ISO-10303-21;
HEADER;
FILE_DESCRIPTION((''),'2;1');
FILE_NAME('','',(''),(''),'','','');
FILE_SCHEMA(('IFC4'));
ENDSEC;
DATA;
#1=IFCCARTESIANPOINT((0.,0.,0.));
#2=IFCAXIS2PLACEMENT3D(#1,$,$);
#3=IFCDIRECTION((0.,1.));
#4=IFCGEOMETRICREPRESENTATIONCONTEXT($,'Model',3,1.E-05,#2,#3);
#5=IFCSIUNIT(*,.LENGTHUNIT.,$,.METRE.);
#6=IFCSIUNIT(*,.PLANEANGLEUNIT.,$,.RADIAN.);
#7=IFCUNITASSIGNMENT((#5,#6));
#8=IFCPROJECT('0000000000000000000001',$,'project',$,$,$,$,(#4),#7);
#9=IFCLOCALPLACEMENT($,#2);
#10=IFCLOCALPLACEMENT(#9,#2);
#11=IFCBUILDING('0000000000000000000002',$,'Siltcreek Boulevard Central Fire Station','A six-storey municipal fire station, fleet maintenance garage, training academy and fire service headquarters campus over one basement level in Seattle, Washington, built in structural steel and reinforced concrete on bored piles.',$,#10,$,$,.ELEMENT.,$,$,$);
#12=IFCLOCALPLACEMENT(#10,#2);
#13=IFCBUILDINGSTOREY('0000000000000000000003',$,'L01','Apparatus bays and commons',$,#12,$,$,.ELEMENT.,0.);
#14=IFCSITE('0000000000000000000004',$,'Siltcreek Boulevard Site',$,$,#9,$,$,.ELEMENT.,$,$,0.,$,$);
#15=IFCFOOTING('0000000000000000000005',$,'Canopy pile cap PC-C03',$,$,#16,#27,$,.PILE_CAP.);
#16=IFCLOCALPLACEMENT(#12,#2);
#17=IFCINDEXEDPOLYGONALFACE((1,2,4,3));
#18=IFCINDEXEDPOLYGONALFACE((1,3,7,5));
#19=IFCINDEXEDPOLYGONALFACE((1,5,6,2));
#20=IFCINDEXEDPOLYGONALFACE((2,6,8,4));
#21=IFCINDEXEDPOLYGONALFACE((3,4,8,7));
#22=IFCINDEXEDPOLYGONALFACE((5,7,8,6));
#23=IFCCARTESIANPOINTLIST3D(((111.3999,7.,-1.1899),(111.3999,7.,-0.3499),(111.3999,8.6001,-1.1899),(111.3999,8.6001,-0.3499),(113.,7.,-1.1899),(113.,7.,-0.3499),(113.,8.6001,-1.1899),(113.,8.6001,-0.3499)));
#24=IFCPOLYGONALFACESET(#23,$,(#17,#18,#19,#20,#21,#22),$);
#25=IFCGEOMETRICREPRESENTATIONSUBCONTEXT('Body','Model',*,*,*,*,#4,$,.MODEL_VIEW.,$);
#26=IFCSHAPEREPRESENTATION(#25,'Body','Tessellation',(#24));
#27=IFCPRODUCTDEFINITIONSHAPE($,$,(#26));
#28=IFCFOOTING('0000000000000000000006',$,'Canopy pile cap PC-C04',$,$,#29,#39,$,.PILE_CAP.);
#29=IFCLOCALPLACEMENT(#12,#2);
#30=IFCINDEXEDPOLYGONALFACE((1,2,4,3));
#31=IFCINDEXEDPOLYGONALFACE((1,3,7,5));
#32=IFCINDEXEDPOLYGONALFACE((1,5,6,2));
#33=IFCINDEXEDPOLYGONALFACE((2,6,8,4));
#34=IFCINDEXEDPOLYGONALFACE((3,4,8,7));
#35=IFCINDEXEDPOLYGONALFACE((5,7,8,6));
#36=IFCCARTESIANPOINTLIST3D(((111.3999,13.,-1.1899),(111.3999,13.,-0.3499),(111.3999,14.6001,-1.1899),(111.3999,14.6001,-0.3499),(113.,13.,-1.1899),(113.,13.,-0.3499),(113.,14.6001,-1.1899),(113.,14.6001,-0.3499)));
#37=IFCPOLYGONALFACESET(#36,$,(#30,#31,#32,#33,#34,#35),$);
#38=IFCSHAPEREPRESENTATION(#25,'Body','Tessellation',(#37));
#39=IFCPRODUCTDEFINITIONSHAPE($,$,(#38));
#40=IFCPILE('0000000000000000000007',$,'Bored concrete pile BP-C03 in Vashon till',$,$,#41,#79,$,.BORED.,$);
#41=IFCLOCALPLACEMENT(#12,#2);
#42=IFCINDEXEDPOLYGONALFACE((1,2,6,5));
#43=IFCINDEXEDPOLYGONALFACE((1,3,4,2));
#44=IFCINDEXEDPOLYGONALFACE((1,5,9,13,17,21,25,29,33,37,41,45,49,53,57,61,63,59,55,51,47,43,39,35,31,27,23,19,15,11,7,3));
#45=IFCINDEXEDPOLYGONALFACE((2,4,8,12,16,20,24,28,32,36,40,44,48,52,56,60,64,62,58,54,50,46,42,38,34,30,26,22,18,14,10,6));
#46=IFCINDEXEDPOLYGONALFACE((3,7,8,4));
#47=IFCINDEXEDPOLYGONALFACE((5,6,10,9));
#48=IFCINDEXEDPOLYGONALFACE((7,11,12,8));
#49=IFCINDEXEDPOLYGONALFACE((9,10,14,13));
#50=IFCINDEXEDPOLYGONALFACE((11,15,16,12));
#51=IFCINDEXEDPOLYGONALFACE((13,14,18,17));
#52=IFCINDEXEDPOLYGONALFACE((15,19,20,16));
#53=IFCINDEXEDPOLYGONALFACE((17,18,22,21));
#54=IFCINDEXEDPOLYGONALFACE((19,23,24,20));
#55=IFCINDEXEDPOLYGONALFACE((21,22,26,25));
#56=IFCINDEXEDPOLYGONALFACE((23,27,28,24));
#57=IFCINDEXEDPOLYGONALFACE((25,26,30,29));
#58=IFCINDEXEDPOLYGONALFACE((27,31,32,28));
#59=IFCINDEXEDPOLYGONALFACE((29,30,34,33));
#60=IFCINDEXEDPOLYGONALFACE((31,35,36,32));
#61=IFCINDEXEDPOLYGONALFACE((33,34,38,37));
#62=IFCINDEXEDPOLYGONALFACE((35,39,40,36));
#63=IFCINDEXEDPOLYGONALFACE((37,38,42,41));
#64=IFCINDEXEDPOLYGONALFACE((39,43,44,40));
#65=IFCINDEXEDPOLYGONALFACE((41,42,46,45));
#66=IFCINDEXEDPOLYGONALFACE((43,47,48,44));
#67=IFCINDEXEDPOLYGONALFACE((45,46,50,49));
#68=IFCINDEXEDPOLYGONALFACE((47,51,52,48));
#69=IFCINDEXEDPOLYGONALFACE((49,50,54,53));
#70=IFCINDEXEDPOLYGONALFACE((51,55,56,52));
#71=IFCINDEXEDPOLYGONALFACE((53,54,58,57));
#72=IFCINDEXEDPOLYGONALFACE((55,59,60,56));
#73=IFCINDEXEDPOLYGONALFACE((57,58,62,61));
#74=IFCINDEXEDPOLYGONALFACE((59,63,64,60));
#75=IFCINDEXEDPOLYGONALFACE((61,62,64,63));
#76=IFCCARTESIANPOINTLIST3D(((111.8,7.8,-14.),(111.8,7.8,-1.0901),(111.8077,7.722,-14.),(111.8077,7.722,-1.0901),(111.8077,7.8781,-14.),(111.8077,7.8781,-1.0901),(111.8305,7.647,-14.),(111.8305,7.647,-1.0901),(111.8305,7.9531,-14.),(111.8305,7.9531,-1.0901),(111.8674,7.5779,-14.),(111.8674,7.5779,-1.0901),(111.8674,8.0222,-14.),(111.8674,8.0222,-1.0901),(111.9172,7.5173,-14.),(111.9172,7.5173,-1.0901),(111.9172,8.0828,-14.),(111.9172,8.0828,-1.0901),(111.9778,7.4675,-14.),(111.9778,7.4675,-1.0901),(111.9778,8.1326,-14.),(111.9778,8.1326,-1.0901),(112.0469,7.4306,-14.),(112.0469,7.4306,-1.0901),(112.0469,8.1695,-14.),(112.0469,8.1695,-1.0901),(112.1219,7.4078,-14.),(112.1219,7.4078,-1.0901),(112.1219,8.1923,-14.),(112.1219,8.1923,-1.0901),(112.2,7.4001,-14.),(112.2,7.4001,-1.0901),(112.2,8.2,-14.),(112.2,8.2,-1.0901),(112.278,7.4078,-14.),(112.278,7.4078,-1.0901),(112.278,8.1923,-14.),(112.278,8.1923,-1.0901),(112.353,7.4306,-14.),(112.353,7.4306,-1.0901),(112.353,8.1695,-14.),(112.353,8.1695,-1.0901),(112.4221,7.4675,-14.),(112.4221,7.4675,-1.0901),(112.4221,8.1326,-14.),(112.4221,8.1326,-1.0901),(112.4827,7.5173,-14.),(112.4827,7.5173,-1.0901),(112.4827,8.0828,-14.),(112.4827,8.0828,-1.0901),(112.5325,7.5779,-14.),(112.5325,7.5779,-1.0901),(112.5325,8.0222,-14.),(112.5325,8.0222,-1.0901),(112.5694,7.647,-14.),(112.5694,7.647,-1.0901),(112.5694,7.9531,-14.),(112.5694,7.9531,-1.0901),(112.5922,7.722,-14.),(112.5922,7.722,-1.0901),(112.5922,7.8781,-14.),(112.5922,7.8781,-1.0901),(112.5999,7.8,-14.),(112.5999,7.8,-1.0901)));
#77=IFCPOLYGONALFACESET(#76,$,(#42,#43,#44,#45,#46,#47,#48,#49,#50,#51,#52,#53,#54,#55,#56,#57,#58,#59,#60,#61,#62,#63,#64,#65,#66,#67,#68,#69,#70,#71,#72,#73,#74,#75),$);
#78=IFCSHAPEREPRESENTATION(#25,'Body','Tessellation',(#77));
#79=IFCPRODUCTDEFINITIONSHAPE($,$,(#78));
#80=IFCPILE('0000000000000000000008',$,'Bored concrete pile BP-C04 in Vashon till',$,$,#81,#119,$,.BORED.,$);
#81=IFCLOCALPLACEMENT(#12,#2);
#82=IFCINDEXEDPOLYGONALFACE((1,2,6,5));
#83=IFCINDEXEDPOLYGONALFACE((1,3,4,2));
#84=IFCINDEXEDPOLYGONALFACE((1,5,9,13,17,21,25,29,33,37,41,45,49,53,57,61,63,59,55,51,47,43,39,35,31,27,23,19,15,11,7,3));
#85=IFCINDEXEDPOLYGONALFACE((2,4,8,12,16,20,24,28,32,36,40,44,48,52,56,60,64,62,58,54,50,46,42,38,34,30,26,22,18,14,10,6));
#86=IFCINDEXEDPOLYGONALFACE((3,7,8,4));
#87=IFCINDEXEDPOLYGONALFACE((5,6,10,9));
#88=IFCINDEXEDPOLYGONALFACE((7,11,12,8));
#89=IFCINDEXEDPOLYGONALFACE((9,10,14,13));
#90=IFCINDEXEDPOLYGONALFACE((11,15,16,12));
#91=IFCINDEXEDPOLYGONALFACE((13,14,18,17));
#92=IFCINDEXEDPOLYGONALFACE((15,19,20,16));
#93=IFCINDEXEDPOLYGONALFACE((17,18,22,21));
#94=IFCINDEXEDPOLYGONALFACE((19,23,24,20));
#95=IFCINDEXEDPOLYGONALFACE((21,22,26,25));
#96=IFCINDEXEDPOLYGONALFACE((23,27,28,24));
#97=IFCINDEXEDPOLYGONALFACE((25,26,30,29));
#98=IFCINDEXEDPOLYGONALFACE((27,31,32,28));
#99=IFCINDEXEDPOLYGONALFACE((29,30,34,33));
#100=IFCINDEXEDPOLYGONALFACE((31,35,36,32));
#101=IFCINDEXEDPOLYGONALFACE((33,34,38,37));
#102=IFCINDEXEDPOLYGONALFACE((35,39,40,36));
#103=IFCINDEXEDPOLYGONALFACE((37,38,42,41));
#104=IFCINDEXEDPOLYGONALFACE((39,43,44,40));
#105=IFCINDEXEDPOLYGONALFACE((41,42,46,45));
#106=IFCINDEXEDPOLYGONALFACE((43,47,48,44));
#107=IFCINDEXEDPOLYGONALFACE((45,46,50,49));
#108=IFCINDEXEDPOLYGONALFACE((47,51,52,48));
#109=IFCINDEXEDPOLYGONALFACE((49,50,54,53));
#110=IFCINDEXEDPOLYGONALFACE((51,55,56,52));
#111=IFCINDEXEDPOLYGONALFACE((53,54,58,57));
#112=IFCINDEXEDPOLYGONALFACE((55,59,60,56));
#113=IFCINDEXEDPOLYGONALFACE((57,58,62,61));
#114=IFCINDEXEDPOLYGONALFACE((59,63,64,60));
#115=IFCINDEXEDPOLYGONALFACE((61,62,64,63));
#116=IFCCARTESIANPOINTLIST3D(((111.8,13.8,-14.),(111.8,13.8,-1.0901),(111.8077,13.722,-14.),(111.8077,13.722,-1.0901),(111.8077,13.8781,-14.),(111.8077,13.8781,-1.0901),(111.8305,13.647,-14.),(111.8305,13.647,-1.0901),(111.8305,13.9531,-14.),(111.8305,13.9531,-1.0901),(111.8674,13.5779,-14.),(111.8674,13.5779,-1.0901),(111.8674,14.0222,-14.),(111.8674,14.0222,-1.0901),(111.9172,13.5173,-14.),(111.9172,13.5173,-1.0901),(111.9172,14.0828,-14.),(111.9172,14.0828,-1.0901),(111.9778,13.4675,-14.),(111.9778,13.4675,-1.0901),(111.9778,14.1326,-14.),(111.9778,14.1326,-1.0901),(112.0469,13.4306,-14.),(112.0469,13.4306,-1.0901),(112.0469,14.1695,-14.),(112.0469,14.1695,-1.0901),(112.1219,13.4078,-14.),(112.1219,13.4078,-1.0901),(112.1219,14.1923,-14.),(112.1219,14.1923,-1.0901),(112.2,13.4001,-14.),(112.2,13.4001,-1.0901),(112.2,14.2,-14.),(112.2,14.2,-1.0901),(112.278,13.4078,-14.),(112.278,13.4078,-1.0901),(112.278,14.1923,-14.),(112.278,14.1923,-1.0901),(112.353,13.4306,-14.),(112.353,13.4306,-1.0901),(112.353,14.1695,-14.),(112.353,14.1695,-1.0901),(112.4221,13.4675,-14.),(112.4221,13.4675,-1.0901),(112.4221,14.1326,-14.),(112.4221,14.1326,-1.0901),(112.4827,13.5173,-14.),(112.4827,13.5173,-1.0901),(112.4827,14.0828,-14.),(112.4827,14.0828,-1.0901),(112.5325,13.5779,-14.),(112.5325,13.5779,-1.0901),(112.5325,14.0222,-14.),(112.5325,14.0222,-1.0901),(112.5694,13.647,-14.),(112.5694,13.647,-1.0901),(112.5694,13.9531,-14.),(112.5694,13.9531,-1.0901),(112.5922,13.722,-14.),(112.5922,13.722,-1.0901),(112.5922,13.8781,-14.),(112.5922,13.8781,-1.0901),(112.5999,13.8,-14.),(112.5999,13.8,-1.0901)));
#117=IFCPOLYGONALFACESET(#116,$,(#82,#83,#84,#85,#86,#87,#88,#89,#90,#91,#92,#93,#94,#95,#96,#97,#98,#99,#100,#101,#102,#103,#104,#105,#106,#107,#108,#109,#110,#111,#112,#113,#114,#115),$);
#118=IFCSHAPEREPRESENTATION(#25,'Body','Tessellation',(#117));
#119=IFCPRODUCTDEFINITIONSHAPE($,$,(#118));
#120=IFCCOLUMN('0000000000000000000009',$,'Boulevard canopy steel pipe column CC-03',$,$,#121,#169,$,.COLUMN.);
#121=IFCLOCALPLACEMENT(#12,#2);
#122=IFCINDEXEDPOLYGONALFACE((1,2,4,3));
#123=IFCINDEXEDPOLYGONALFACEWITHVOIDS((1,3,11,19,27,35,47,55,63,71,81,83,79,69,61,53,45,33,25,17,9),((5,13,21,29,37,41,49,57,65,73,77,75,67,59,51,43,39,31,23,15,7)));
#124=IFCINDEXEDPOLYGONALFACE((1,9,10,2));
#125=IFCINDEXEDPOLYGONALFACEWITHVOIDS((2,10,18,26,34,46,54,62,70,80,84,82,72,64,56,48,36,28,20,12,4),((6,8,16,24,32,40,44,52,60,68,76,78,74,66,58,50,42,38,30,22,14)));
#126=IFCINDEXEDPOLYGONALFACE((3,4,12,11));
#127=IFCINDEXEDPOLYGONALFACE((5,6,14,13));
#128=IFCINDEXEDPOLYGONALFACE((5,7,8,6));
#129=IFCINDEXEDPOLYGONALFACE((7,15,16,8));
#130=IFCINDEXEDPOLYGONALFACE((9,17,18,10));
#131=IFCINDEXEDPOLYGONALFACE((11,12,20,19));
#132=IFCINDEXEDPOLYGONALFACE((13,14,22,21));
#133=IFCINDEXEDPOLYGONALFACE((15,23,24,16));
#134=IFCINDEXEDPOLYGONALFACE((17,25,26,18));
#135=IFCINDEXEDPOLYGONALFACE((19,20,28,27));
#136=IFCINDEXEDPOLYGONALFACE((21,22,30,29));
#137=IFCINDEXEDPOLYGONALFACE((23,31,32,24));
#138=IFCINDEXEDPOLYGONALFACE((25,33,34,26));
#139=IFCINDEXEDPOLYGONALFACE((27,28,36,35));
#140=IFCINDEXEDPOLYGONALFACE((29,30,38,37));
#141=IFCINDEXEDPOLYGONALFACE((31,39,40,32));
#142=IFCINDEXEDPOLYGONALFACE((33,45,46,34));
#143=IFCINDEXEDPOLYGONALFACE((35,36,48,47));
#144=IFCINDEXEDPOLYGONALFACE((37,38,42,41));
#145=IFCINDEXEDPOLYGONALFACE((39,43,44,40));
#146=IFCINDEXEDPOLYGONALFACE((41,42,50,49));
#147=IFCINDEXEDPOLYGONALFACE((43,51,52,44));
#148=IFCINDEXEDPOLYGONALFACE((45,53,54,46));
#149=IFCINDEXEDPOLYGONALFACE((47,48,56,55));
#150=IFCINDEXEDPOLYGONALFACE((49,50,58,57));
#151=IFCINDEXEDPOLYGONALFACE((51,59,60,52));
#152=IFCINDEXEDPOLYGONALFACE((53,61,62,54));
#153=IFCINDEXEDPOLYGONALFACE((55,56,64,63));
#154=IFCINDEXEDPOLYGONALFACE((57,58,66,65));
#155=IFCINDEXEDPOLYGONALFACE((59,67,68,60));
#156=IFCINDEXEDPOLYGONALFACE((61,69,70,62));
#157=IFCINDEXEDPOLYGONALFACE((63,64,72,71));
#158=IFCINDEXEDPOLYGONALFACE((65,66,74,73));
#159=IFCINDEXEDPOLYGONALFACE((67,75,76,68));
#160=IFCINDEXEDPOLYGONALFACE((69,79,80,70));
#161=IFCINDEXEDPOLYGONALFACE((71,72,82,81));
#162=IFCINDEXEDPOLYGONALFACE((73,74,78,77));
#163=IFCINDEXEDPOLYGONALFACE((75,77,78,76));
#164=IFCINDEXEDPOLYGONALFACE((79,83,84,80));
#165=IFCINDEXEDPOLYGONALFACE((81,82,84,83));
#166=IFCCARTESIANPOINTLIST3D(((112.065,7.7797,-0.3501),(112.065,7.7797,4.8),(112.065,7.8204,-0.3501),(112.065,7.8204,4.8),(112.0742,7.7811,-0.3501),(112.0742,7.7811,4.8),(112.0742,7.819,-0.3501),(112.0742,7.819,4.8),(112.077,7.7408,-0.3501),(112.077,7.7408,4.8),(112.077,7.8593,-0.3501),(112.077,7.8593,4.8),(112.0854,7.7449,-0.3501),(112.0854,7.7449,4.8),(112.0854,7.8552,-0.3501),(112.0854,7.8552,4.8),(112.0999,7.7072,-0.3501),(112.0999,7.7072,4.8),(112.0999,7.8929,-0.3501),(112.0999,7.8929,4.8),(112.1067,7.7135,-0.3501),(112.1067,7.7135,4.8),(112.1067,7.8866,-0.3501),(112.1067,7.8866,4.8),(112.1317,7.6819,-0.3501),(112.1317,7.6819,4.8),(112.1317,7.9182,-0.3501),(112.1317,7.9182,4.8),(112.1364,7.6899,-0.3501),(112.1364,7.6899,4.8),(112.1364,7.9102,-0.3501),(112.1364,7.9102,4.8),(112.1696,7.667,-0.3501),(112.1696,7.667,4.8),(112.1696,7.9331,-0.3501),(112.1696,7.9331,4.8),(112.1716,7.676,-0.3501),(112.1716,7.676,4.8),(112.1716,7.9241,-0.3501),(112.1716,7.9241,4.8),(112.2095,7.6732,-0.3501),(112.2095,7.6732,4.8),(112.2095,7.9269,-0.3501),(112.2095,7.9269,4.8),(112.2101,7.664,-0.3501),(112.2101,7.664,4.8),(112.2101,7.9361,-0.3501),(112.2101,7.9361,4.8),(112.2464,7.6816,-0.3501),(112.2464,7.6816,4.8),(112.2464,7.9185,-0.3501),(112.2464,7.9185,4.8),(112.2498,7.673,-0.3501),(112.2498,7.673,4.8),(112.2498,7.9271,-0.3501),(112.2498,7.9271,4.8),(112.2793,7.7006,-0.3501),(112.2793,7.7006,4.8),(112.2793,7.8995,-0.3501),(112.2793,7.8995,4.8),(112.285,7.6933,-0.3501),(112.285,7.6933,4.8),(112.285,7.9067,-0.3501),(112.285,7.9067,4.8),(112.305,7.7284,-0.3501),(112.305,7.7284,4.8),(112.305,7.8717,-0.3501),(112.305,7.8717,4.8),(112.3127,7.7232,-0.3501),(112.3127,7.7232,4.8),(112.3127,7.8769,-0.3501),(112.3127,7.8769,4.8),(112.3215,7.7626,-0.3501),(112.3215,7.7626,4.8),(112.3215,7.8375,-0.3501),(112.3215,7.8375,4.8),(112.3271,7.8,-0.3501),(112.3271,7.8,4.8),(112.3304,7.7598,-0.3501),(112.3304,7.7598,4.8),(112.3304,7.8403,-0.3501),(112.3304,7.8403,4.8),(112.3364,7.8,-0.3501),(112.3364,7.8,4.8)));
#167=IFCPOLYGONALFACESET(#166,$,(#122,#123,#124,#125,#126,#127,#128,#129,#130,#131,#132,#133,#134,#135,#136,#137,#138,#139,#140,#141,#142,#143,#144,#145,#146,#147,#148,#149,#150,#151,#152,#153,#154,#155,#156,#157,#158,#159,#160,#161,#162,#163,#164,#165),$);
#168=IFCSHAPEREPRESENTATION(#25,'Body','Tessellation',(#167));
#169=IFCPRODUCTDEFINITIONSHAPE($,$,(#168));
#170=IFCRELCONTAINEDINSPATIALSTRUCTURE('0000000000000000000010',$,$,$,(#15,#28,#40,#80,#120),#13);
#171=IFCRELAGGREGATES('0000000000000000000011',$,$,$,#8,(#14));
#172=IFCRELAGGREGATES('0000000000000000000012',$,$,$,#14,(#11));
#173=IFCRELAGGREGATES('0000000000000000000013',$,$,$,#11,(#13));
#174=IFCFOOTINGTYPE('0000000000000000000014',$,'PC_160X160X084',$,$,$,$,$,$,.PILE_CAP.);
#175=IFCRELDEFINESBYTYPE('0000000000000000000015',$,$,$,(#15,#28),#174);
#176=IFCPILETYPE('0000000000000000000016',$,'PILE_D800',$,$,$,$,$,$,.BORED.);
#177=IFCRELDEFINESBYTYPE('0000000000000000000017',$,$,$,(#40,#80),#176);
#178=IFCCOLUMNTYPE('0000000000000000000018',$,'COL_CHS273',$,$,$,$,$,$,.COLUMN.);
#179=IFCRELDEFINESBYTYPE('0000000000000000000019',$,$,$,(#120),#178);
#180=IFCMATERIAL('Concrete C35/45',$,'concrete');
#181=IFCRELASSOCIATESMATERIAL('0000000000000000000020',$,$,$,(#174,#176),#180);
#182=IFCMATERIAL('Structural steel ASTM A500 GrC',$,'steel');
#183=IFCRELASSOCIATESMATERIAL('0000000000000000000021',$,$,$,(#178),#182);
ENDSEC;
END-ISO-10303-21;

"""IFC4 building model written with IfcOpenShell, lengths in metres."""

from ifc_helpers import new_model, si_unit, direction, frame, origin, origin_2d, place, context, subcontext, project, spatial, rectangle, circle, hollow_circle, extrude, material, material_profile, profile_set, type_object, element, save


model = new_model("IFC4")

# Units and contexts
model_context = context("Model", 3, precision=1e-05, world=origin(), true_north=direction((0.0, 1.0)))
body_context = subcontext(model_context, "Body", "Model", "MODEL_VIEW")
ifc_project = project(units=[si_unit("LENGTHUNIT", "METRE"), si_unit("PLANEANGLEUNIT", "RADIAN")], contexts=[model_context])

# Site, building, storey
site_placement = place(None, origin())
site = spatial("IfcSite", under=ifc_project, at=site_placement, Name="Siltcreek Boulevard Site", CompositionType="ELEMENT", RefElevation=0.0)
building_placement = place(site_placement, origin())
building = spatial("IfcBuilding", under=site, at=building_placement, Name="Siltcreek Boulevard Central Fire Station", Description="A six-storey municipal fire station, fleet maintenance garage, training academy and fire service headquarters campus over one basement level in Seattle, Washington, built in structural steel and reinforced concrete on bored piles.", CompositionType="ELEMENT")
storey_placement = place(building_placement, origin())
storey = spatial("IfcBuildingStorey", under=building, at=storey_placement, Name="L01", Description="Apparatus bays and commons", CompositionType="ELEMENT", Elevation=0.0)

# Footings
ifc_material_1 = material(Name="Concrete C35/45", Category="concrete")
footing_type = type_object("IfcFootingType", Name="PC_160X160X084", PredefinedType="PILE_CAP", material=ifc_material_1)
for number, where, z_axis, x_axis, name in (
    (1, (112.2, 7.8, -1.1899), (0.0, 0.0, 1.0), (1.0, 0.0, 0.0), "Canopy pile cap PC-C03"),
    (2, (112.2, 13.8, -1.1899), (0.0, 0.0, 1.0), (1.0, 0.0, 0.0), "Canopy pile cap PC-C04"),
):
    element("IfcFooting", number, at=place(storey_placement, frame(where, z_axis=z_axis, x_axis=x_axis)), inside=storey, type_object=footing_type, Name=name, PredefinedType="PILE_CAP", context=body_context, shape_type="SweptSolid", body=[
        extrude(rectangle(XDim=1.6001, YDim=1.6001, at=origin_2d()), origin(), (0.0, 0.0, 1.0), 0.8401),
    ])

# Piles
ifc_material_profile_1 = material_profile(ifc_material_1, circle(Radius=0.3999, at=origin_2d()), Name="SHAFT800")
ifc_profile_set_1 = profile_set([ifc_material_profile_1], Name="Concrete C35/45")
pile_type = type_object("IfcPileType", Name="PILE_D800", PredefinedType="BORED", material=ifc_profile_set_1)
for number, where, z_axis, x_axis, name in (
    (3, (112.2, 7.8, -1.0901), (0.0, 0.0, -1.0), (1.0, 0.0, 0.0), "Bored concrete pile BP-C03 in Vashon till"),
    (4, (112.2, 13.8, -1.0901), (0.0, 0.0, -1.0), (1.0, 0.0, 0.0), "Bored concrete pile BP-C04 in Vashon till"),
):
    element("IfcPile", number, at=place(storey_placement, frame(where, z_axis=z_axis, x_axis=x_axis)), inside=storey, type_object=pile_type, Name=name, PredefinedType="BORED", context=body_context, shape_type="SweptSolid", body=[
        extrude(circle(Radius=0.3999, at=origin_2d()), origin(), (0.0, 0.0, 1.0), 12.9099),
    ])

# Column
ifc_material_2 = material(Name="Structural steel ASTM A500 GrC", Category="steel")
ifc_material_profile_2 = material_profile(ifc_material_2, hollow_circle(Radius=0.1365, WallThickness=0.0093, at=origin_2d()), Name="HSS273.1X9.3")
ifc_profile_set_2 = profile_set([ifc_material_profile_2], Name="Structural steel ASTM A500 GrC")
column_type = type_object("IfcColumnType", Name="COL_CHS273", PredefinedType="COLUMN", material=ifc_profile_set_2)
for number, where, z_axis, x_axis, name in (
    (5, (112.2, 7.8, -0.3501), (0.0, 0.0, 1.0), (1.0, 0.0, 0.0), "Boulevard canopy steel pipe column CC-03"),
):
    element("IfcColumn", number, at=place(storey_placement, frame(where, z_axis=z_axis, x_axis=x_axis)), inside=storey, type_object=column_type, Name=name, PredefinedType="COLUMN", context=body_context, shape_type="SweptSolid", body=[
        extrude(hollow_circle(Radius=0.1365, WallThickness=0.0093, at=origin_2d()), origin(), (0.0, 0.0, 1.0), 5.1501),
    ])

save(model, "model.ifc")
